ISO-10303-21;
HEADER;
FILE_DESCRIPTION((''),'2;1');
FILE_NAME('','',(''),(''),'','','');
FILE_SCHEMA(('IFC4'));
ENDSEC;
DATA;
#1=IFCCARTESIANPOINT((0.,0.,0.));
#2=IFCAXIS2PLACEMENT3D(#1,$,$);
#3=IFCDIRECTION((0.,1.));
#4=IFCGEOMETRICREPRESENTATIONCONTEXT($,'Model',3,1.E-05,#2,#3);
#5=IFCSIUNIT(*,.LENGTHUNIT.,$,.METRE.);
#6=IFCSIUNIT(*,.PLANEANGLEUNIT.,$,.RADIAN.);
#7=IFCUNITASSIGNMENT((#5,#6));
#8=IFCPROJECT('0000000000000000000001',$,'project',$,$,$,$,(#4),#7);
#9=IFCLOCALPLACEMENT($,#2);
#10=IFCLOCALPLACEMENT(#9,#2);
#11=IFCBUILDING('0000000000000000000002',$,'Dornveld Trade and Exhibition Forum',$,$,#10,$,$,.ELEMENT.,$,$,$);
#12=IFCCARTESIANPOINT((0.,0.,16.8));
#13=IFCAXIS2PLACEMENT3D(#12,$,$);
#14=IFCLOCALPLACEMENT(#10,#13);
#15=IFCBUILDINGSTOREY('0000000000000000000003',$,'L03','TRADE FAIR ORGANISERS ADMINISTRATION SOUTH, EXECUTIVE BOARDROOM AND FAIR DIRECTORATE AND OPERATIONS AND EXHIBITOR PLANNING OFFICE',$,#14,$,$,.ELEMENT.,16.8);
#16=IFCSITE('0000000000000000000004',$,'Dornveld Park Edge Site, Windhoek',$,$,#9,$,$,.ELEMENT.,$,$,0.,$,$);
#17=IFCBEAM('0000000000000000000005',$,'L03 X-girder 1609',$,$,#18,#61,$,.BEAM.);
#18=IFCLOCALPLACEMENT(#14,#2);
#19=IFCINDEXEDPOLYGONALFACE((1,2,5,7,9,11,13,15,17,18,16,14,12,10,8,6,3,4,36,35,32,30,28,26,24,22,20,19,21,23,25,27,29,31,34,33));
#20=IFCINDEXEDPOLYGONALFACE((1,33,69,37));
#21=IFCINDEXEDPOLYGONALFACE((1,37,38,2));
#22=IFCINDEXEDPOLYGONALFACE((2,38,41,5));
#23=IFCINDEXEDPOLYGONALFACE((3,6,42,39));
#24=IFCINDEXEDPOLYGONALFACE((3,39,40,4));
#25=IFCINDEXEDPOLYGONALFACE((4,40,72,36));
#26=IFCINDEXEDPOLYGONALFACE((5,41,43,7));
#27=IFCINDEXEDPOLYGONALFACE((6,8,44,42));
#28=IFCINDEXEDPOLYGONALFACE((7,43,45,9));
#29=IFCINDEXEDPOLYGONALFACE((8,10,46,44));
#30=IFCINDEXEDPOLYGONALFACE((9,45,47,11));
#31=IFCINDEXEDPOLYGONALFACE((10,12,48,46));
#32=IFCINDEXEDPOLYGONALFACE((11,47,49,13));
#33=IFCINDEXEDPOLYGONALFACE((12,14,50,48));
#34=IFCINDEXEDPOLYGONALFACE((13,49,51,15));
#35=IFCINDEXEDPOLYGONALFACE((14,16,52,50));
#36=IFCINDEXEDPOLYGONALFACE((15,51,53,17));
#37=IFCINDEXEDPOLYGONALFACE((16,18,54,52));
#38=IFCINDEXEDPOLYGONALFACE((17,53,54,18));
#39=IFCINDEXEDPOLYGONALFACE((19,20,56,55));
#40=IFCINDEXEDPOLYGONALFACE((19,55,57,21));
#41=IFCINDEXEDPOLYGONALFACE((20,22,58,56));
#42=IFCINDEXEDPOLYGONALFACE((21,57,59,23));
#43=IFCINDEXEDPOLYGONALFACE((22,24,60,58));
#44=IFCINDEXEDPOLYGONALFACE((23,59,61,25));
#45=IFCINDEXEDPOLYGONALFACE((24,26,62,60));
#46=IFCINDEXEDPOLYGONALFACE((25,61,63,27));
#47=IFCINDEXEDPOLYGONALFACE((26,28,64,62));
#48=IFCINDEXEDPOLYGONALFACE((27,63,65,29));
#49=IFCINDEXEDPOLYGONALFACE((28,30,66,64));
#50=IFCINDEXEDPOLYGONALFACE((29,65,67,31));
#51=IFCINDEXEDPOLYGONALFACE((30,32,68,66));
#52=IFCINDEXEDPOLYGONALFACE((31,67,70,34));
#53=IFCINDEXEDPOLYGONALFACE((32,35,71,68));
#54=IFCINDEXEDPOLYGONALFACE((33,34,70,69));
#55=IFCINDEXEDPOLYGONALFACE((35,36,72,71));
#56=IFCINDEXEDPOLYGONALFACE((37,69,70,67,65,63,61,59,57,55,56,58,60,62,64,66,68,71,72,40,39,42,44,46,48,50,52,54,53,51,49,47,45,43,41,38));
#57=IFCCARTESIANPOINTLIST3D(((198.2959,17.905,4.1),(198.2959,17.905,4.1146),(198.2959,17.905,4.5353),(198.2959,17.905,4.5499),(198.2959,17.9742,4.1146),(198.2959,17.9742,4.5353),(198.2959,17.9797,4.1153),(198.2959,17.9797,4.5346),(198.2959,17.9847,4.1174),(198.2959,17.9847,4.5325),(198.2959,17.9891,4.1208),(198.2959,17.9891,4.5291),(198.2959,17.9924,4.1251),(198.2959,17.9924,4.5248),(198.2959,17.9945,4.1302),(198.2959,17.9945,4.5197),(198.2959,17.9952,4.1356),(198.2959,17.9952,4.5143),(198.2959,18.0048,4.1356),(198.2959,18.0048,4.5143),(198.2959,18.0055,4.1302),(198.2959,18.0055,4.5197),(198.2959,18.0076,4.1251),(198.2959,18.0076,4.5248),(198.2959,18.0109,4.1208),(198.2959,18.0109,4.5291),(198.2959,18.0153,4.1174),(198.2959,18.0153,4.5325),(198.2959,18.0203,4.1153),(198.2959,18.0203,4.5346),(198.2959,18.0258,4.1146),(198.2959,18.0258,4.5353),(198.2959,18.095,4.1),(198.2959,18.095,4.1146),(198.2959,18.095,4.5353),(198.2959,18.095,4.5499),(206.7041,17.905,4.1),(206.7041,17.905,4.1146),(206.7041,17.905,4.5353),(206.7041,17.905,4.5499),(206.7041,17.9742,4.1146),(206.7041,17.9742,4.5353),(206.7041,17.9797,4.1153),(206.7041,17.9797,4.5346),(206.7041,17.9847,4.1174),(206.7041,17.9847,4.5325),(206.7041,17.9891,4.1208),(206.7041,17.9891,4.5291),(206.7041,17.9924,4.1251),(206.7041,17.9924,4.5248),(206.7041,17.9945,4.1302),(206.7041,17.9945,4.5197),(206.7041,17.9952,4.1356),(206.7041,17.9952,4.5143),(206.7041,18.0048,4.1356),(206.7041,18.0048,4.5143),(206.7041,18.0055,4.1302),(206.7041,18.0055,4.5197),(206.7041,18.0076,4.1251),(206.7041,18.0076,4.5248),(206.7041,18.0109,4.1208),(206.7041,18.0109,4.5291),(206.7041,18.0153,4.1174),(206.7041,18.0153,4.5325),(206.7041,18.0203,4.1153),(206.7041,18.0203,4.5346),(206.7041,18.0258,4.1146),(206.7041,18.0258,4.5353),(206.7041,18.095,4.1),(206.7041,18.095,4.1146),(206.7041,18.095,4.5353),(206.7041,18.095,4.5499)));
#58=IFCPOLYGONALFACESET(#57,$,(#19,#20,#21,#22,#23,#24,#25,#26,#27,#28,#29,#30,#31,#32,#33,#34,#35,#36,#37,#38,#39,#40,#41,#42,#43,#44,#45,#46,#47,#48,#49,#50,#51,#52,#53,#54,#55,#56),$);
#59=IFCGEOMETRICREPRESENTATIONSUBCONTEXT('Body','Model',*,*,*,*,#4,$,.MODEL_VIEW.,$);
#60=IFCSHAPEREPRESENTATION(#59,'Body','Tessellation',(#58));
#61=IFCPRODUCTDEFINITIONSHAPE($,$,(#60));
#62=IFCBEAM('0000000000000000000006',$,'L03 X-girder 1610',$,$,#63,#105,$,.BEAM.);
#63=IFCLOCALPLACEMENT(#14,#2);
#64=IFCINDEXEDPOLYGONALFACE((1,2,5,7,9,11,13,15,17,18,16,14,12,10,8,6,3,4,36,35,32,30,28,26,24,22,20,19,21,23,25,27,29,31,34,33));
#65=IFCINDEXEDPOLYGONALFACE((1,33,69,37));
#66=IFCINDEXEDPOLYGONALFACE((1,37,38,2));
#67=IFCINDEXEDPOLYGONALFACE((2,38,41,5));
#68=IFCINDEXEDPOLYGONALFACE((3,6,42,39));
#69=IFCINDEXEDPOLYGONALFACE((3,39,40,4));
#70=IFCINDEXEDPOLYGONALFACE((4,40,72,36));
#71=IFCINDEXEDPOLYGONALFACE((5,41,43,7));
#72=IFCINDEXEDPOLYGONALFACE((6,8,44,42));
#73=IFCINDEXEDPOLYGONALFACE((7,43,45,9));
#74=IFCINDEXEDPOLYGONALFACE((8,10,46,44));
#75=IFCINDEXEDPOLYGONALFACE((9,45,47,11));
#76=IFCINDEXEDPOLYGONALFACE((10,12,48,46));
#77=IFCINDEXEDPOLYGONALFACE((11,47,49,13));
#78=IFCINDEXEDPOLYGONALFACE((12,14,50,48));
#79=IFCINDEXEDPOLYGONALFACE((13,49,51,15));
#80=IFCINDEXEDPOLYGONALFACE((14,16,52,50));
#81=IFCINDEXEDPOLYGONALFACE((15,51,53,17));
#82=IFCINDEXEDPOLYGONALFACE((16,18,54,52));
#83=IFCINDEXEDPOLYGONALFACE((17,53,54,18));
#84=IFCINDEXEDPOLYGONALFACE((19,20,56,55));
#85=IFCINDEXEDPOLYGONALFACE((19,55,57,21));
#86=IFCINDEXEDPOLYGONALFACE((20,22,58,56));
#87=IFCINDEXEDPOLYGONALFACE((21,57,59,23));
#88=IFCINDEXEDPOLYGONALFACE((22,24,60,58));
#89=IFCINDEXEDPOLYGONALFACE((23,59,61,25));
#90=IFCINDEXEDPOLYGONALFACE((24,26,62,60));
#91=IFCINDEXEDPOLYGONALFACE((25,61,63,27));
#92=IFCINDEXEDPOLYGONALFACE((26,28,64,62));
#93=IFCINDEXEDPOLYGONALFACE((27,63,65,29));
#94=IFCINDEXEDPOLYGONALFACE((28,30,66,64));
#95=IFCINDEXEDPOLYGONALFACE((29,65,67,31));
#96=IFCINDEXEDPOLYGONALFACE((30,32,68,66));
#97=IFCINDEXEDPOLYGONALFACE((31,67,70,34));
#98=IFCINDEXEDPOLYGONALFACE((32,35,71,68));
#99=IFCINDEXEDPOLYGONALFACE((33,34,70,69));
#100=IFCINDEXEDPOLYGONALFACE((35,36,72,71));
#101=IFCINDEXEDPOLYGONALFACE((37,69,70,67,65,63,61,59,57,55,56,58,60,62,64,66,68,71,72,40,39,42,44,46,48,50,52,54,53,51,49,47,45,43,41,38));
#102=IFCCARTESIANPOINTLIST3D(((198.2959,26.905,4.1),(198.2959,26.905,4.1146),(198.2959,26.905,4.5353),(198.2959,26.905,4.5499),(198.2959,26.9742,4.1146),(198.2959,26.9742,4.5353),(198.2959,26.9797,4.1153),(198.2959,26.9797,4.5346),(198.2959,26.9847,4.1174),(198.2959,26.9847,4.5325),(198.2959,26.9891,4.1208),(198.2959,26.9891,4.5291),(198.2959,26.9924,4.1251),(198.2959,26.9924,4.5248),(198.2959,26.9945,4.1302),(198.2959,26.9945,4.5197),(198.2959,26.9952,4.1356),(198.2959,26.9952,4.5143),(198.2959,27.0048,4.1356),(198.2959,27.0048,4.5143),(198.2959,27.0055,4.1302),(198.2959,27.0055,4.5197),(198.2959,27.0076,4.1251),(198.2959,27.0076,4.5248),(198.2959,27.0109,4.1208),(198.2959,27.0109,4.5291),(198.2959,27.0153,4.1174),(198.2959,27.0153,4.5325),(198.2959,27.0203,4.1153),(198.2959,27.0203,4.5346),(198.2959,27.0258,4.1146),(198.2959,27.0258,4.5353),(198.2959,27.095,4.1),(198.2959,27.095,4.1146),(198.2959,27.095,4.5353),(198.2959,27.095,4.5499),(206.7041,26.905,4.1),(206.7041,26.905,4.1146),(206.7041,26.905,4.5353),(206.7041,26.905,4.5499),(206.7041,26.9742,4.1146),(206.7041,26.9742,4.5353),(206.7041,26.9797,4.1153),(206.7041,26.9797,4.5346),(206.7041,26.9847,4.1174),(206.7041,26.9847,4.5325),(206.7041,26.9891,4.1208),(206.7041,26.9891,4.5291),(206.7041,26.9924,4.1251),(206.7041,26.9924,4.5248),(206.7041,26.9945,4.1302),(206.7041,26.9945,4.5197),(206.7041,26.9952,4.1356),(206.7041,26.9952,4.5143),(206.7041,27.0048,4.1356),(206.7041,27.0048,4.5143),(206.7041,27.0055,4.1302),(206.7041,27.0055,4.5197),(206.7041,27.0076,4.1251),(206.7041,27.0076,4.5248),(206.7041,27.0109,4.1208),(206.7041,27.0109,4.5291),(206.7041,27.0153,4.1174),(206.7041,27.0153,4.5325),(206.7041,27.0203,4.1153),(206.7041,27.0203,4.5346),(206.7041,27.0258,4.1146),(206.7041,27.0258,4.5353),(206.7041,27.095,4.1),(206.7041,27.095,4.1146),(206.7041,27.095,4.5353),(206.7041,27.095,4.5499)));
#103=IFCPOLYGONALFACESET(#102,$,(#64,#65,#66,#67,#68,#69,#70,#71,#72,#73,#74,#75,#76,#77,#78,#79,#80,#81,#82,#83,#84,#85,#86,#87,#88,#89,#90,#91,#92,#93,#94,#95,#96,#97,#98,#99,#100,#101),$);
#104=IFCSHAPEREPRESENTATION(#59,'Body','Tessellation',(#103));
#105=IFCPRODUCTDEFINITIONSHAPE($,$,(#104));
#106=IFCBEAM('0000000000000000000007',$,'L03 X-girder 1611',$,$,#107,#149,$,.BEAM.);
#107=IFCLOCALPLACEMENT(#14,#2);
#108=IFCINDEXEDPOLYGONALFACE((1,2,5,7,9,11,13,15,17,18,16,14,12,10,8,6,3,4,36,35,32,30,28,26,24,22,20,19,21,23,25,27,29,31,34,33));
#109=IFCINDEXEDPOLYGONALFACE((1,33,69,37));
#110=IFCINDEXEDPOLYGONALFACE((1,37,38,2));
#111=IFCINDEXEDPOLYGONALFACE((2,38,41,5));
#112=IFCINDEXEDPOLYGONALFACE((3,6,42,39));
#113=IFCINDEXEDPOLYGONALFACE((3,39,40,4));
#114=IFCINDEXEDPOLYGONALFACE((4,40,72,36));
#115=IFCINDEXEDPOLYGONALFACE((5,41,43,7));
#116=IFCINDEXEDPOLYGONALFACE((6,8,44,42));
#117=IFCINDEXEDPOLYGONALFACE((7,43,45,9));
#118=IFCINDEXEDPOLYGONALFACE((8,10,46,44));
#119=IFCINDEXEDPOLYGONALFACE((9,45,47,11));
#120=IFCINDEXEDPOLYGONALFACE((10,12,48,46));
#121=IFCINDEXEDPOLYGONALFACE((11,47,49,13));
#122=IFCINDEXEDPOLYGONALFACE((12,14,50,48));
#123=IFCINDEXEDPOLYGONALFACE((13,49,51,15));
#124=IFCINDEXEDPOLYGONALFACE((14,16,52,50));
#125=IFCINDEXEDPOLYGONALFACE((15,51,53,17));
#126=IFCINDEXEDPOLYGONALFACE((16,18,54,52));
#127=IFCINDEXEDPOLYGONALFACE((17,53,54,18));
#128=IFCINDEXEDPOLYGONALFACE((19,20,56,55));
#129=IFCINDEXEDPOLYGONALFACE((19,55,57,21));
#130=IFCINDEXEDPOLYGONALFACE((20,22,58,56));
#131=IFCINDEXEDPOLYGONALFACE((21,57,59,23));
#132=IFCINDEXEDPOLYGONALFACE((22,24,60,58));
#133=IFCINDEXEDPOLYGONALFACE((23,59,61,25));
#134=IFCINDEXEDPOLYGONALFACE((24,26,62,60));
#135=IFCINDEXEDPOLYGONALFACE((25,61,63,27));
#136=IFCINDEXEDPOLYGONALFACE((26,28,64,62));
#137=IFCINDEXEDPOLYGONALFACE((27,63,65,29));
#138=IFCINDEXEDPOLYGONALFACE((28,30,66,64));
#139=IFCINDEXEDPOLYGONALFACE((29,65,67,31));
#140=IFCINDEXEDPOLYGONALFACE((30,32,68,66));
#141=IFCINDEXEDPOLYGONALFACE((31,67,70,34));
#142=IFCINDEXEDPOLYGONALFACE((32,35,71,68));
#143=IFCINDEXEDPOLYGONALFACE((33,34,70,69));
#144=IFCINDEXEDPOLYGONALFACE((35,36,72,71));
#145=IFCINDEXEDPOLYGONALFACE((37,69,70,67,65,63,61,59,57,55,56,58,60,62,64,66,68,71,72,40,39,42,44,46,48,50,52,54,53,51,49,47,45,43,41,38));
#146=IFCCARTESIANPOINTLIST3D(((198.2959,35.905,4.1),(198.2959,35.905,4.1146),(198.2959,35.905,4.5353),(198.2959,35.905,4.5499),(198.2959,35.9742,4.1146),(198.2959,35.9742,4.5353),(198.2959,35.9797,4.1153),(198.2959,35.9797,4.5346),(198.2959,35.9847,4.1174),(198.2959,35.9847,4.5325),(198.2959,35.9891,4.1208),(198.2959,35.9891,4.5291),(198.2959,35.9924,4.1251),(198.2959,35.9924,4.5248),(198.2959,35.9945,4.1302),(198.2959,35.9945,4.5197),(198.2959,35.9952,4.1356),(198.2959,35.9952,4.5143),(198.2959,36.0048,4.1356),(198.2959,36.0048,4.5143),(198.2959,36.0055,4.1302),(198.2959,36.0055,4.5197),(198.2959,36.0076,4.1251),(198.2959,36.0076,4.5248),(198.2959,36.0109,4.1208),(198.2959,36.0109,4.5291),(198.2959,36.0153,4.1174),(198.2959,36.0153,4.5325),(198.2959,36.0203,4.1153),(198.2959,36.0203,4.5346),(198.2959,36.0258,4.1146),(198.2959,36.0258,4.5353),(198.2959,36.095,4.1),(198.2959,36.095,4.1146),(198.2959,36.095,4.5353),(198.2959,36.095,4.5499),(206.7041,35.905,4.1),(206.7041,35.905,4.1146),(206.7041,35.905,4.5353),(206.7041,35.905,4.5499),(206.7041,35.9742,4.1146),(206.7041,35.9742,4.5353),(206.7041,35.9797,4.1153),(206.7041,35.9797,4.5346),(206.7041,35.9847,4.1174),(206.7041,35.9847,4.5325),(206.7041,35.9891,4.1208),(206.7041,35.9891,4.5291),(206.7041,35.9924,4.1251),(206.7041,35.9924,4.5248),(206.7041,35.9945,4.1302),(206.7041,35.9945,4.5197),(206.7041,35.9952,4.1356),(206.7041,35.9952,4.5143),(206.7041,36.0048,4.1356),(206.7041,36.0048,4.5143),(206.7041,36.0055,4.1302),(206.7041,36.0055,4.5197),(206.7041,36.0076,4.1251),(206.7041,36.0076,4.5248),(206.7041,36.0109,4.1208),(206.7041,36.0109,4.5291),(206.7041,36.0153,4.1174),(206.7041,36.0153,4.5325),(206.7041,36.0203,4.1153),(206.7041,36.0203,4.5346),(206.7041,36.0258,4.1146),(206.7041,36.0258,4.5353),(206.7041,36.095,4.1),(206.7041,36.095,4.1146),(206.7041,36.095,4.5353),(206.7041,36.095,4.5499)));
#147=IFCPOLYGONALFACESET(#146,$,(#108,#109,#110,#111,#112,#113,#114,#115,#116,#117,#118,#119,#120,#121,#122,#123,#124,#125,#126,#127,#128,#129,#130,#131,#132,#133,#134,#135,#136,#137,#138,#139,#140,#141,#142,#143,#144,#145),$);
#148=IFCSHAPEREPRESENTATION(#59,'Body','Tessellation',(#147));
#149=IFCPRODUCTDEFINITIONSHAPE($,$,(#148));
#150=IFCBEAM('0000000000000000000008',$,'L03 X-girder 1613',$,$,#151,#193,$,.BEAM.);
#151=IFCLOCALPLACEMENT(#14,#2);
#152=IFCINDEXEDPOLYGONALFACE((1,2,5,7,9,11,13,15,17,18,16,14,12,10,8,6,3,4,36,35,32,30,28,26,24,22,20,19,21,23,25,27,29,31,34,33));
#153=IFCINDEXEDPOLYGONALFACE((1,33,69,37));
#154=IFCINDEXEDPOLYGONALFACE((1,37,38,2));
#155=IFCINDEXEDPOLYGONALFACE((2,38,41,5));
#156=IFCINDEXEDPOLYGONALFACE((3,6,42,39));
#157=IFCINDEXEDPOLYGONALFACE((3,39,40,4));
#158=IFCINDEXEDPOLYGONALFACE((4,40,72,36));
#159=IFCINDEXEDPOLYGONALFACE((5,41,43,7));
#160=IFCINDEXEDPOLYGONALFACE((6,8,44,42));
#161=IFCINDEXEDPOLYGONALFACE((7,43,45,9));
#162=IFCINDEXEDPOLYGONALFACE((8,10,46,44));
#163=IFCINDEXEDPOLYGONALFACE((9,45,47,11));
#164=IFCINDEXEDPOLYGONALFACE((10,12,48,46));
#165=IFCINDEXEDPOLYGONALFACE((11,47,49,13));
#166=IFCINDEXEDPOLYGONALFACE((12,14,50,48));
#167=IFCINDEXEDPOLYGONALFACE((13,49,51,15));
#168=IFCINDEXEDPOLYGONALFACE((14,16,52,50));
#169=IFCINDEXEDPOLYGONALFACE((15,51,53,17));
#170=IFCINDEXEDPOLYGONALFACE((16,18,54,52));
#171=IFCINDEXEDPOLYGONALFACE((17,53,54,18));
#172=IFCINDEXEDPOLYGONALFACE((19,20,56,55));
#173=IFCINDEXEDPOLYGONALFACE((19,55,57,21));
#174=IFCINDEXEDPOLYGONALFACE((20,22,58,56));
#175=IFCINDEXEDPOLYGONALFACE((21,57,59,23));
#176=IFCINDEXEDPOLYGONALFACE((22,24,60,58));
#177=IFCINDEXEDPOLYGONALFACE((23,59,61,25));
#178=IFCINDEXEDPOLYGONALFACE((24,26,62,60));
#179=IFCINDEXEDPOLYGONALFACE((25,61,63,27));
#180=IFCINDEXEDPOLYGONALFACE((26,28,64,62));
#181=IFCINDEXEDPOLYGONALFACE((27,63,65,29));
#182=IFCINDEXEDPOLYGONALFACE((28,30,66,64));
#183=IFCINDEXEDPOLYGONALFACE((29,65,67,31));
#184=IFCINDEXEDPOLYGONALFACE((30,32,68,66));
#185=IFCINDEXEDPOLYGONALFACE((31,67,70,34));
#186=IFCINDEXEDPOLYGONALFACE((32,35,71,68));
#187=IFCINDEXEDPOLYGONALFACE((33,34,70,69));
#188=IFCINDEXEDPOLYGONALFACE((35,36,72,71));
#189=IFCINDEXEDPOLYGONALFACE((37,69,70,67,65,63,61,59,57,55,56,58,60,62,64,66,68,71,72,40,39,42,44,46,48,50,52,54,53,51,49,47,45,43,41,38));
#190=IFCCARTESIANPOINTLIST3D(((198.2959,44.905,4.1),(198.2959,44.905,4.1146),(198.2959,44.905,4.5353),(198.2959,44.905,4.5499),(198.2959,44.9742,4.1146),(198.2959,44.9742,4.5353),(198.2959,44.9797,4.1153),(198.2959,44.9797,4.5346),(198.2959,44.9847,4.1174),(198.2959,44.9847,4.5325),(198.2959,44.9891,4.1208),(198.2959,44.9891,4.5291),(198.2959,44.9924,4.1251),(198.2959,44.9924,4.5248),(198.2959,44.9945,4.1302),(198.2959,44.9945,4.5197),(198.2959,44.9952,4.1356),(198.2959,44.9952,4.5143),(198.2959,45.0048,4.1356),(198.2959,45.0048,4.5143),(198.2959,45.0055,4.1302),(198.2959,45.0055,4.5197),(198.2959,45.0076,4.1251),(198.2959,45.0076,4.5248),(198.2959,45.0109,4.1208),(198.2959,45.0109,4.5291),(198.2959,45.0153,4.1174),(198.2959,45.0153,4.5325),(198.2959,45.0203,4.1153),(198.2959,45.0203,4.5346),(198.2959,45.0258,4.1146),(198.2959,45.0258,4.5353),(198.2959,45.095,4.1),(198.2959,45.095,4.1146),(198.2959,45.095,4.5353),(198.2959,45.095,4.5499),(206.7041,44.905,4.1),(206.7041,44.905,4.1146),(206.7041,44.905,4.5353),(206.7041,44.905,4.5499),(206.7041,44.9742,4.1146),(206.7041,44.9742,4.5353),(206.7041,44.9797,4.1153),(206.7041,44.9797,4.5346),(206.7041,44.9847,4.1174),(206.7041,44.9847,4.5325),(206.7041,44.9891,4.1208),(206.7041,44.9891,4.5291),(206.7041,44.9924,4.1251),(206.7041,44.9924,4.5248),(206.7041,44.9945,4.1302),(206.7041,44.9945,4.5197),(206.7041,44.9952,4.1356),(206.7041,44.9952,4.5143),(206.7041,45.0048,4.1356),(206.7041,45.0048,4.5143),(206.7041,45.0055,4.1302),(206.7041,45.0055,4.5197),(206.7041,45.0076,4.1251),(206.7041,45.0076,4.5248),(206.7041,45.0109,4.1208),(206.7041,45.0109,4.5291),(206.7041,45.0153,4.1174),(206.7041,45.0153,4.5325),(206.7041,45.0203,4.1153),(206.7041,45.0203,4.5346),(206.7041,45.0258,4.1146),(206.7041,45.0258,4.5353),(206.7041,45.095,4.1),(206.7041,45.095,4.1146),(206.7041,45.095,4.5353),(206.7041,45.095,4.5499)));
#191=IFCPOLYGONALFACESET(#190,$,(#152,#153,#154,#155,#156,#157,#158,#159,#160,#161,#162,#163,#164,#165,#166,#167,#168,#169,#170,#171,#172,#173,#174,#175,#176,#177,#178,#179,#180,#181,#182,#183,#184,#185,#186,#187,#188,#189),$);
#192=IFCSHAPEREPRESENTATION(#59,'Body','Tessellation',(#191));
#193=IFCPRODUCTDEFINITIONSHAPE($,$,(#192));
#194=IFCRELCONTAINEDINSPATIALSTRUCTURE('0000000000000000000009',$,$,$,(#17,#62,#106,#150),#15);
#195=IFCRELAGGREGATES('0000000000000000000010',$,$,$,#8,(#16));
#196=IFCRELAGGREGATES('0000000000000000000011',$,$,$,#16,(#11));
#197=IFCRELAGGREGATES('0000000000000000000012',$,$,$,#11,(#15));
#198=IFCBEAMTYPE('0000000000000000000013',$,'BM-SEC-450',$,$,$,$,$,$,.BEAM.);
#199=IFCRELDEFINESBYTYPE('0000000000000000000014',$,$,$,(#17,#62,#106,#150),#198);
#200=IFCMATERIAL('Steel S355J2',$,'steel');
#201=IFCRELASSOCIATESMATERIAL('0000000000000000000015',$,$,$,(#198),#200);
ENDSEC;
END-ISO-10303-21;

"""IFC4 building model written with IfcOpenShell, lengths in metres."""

from ifc_helpers import new_model, si_unit, direction, frame, origin, origin_2d, place, context, subcontext, project, spatial, i_section, extrude, material, material_profile, profile_set, type_object, element, save


model = new_model("IFC4")

# Units and contexts
model_context = context("Model", 3, precision=1e-05, world=origin(), true_north=direction((0.0, 1.0)))
body_context = subcontext(model_context, "Body", "Model", "MODEL_VIEW")
ifc_project = project(units=[si_unit("LENGTHUNIT", "METRE"), si_unit("PLANEANGLEUNIT", "RADIAN")], contexts=[model_context])

# Site, building, storey
site_placement = place(None, origin())
site = spatial("IfcSite", under=ifc_project, at=site_placement, Name="Dornveld Park Edge Site, Windhoek", CompositionType="ELEMENT", RefElevation=0.0)
building_placement = place(site_placement, origin())
building = spatial("IfcBuilding", under=site, at=building_placement, Name="Dornveld Trade and Exhibition Forum", CompositionType="ELEMENT")
storey_placement = place(building_placement, frame((0.0, 0.0, 16.8)))
storey = spatial("IfcBuildingStorey", under=building, at=storey_placement, Name="L03", Description="TRADE FAIR ORGANISERS ADMINISTRATION SOUTH, EXECUTIVE BOARDROOM AND FAIR DIRECTORATE AND OPERATIONS AND EXHIBITOR PLANNING OFFICE", CompositionType="ELEMENT", Elevation=16.8)

# Beams
ifc_material_1 = material(Name="Steel S355J2", Category="steel")
ifc_material_profile_1 = material_profile(ifc_material_1, i_section(OverallWidth=0.1899, OverallDepth=0.45, WebThickness=0.0095, FlangeThickness=0.0146, FilletRadius=0.021, at=origin_2d()), Name="IPE 450")
ifc_profile_set_1 = profile_set([ifc_material_profile_1], Name="Steel S355J2")
beam_type = type_object("IfcBeamType", Name="BM-SEC-450", PredefinedType="BEAM", material=ifc_profile_set_1)
for number, where, z_axis, x_axis, name in (
    (1, (198.2959, 18.0, 4.325), (1.0, 0.0, 0.0), (0.0, 1.0, 0.0), "L03 X-girder 1609"),
    (2, (198.2959, 27.0, 4.325), (1.0, 0.0, 0.0), (0.0, 1.0, 0.0), "L03 X-girder 1610"),
    (3, (198.2959, 36.0, 4.325), (1.0, 0.0, 0.0), (0.0, 1.0, 0.0), "L03 X-girder 1611"),
    (4, (198.2959, 45.0, 4.325), (1.0, 0.0, 0.0), (0.0, 1.0, 0.0), "L03 X-girder 1613"),
):
    element("IfcBeam", number, at=place(storey_placement, frame(where, z_axis=z_axis, x_axis=x_axis)), inside=storey, type_object=beam_type, Name=name, PredefinedType="BEAM", context=body_context, shape_type="SweptSolid", body=[
        extrude(i_section(OverallWidth=0.1899, OverallDepth=0.45, WebThickness=0.0095, FlangeThickness=0.0146, FilletRadius=0.021, at=origin_2d()), origin(), (0.0, 0.0, 1.0), 8.4082),
    ])

save(model, "model.ifc")
